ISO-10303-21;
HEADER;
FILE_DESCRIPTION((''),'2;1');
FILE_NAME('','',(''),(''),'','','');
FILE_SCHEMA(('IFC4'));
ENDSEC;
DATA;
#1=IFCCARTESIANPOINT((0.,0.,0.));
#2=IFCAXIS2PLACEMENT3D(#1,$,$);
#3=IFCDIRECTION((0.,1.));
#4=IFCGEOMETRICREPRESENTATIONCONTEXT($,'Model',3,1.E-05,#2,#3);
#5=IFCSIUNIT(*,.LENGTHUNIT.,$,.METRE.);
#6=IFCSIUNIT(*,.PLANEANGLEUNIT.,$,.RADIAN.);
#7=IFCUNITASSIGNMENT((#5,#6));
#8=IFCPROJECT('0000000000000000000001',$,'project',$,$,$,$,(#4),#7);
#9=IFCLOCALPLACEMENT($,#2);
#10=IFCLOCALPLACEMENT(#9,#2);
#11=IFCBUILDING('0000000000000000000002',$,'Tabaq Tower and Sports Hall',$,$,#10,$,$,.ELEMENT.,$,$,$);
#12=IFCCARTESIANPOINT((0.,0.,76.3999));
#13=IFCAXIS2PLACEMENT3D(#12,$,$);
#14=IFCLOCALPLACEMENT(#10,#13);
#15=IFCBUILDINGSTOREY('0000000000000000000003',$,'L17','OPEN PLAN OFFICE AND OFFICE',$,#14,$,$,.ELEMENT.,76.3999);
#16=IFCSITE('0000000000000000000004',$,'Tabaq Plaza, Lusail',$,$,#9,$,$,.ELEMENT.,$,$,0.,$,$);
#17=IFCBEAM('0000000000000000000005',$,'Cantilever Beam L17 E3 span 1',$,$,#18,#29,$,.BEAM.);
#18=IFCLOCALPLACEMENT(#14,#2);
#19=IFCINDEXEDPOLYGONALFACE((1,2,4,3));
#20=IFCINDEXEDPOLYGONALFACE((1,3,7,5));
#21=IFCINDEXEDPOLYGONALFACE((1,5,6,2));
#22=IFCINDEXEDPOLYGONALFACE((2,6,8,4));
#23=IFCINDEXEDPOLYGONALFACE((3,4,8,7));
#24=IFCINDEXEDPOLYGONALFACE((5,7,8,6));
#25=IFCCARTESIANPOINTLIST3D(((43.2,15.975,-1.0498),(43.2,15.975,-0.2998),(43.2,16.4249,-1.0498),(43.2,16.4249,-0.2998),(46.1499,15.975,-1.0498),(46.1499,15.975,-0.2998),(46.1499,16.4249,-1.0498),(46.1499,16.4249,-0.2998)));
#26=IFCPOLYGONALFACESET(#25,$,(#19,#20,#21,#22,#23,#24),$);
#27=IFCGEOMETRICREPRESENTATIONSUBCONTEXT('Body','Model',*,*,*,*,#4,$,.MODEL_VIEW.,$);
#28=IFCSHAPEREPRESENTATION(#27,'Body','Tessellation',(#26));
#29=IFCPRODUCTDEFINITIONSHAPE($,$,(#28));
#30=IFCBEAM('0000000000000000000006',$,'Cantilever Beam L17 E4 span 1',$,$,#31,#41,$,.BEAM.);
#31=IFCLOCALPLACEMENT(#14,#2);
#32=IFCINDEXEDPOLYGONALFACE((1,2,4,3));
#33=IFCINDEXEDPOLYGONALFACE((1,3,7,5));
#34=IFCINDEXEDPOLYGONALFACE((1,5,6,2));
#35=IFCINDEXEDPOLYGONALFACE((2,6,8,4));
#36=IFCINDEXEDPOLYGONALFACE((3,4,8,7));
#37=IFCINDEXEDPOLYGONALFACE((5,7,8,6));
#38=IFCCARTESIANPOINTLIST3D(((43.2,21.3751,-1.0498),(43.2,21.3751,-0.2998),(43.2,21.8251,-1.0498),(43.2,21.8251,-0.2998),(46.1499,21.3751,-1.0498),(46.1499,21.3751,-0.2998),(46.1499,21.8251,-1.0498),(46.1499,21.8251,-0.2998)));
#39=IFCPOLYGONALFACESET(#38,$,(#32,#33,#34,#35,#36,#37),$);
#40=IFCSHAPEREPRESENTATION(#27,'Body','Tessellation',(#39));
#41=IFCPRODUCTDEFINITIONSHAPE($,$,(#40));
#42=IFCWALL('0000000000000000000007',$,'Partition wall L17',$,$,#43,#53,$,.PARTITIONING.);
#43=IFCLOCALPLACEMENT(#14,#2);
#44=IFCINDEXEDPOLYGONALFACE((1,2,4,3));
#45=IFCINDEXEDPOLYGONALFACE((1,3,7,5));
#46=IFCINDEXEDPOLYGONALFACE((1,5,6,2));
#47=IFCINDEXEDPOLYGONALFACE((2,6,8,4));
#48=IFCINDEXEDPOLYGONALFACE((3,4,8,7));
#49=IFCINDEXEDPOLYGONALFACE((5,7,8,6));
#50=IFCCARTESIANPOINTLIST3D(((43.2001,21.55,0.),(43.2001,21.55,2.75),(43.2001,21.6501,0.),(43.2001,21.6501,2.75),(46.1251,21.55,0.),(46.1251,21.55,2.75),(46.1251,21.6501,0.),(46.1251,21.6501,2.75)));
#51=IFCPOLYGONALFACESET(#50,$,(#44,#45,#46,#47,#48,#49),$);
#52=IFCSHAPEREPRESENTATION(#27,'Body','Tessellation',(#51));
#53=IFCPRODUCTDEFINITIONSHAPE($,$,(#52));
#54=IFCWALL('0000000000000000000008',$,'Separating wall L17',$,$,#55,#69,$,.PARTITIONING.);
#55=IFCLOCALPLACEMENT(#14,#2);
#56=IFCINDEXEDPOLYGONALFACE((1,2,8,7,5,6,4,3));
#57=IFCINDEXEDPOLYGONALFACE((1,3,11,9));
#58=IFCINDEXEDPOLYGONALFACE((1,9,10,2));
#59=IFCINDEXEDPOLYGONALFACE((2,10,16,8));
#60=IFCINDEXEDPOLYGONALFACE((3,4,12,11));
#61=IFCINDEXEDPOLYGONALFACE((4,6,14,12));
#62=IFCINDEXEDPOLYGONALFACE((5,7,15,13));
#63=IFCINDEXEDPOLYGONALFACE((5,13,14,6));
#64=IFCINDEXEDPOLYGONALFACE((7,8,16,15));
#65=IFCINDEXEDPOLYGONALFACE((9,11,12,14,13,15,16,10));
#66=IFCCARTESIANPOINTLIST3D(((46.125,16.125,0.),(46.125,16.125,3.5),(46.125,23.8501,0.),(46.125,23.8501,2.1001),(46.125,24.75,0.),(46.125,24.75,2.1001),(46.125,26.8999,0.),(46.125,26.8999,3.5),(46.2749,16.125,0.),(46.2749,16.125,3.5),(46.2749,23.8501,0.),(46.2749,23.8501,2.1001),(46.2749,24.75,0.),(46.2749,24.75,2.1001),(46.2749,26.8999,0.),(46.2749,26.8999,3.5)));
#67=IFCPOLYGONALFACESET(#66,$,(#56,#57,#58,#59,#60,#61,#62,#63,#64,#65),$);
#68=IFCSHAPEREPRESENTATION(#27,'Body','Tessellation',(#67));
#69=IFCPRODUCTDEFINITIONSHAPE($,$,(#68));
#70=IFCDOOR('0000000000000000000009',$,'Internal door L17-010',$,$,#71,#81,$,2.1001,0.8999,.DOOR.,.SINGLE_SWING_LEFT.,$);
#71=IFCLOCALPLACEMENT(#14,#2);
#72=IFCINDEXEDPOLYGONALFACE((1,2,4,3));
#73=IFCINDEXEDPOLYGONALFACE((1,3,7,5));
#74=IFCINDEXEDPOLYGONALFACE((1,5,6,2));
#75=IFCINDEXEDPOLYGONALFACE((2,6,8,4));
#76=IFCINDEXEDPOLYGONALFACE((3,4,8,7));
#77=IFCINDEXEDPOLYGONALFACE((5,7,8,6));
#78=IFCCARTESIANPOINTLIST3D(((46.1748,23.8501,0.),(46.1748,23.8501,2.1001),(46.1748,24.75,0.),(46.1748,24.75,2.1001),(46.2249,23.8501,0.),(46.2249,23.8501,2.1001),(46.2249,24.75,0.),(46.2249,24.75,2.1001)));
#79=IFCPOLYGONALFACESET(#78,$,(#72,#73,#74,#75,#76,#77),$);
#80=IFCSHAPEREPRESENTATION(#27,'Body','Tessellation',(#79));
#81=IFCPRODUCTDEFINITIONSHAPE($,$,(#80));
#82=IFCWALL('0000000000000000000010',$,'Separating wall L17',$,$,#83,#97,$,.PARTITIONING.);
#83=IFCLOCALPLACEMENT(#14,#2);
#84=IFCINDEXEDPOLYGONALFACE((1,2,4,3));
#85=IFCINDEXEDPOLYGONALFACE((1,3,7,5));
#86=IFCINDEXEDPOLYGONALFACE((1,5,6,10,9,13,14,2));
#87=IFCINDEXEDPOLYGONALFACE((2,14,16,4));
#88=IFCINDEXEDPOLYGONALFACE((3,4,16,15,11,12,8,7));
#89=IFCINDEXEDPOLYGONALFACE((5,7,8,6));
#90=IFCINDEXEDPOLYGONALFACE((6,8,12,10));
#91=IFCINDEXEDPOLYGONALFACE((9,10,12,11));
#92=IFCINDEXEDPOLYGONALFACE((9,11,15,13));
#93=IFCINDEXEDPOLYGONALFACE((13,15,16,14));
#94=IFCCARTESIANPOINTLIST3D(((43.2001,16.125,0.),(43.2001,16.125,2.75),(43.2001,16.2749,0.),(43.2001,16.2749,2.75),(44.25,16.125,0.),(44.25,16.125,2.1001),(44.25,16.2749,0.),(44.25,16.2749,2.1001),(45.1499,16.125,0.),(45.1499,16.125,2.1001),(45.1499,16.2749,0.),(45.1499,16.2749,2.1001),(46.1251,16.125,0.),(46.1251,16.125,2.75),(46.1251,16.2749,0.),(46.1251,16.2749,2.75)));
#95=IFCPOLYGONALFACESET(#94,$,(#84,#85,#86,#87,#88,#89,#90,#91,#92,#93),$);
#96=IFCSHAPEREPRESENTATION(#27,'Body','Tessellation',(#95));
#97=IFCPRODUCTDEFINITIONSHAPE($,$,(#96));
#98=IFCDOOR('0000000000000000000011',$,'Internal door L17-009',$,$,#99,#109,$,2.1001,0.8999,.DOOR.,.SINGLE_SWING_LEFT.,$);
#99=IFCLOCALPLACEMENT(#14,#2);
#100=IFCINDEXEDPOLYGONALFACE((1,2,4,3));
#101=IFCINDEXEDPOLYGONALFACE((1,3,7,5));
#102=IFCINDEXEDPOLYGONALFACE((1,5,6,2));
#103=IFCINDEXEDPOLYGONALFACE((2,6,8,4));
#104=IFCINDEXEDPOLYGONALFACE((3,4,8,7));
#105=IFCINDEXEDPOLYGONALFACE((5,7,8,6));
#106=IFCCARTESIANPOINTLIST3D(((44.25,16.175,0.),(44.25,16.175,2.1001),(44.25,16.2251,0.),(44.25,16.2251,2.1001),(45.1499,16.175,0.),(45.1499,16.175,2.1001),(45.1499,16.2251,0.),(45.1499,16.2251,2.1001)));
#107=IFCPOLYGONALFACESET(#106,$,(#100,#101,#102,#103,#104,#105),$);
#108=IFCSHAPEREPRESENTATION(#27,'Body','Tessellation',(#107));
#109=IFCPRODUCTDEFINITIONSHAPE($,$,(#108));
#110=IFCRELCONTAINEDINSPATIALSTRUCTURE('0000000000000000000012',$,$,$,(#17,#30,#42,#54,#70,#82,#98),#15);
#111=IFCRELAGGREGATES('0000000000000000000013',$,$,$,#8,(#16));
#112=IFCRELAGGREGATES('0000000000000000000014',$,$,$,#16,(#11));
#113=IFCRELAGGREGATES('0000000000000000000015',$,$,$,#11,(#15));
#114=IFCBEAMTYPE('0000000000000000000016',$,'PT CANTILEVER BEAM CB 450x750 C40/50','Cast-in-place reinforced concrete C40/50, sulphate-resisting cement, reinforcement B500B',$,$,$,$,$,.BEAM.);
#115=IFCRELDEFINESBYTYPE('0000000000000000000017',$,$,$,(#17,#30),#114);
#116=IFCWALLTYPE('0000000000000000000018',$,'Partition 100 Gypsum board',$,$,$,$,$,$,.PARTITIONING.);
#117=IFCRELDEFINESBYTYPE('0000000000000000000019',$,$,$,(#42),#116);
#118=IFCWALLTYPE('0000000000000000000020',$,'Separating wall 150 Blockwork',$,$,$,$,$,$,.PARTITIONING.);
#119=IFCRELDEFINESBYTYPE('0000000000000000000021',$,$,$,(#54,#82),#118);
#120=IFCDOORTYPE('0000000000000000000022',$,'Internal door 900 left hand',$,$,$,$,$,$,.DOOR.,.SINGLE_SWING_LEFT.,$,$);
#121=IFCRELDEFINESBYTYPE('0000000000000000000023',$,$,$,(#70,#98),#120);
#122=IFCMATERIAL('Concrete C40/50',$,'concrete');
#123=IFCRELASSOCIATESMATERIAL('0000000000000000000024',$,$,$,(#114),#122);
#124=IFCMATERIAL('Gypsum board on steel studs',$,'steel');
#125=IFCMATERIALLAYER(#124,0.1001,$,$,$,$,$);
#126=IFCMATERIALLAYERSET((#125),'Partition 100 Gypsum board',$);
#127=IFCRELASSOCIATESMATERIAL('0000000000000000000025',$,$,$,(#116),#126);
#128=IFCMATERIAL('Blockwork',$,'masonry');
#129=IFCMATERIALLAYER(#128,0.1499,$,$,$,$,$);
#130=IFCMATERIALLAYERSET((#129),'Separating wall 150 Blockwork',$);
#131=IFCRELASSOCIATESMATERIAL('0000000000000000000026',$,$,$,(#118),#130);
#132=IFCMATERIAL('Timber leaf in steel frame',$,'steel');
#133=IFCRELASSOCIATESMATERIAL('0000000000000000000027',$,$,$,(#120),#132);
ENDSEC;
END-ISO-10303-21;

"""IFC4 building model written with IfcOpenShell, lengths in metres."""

from ifc_helpers import new_model, si_unit, direction, frame, frame_2d, origin, origin_2d, place, context, subcontext, project, spatial, rectangle, extrude, material, layer, layer_set, material_profile, profile_set, type_object, element, fill, save


model = new_model("IFC4")

# Units and contexts
model_context = context("Model", 3, precision=1e-05, world=origin(), true_north=direction((0.0, 1.0)))
body_context = subcontext(model_context, "Body", "Model", "MODEL_VIEW")
ifc_project = project(units=[si_unit("LENGTHUNIT", "METRE"), si_unit("PLANEANGLEUNIT", "RADIAN")], contexts=[model_context])

# Site, building, storey
site_placement = place(None, origin())
site = spatial("IfcSite", under=ifc_project, at=site_placement, Name="Tabaq Plaza, Lusail", CompositionType="ELEMENT", RefElevation=0.0)
building_placement = place(site_placement, origin())
building = spatial("IfcBuilding", under=site, at=building_placement, Name="Tabaq Tower and Sports Hall", CompositionType="ELEMENT")
storey_placement = place(building_placement, frame((0.0, 0.0, 76.3999)))
storey = spatial("IfcBuildingStorey", under=building, at=storey_placement, Name="L17", Description="OPEN PLAN OFFICE AND OFFICE", CompositionType="ELEMENT", Elevation=76.3999)

# Beams
ifc_material_1 = material(Name="Concrete C40/50", Category="concrete")
ifc_material_profile = material_profile(ifc_material_1, rectangle(XDim=0.45, YDim=0.75, at=origin_2d()), Name="CB 450x750")
ifc_profile_set = profile_set([ifc_material_profile], Name="Concrete C40/50")
beam_type = type_object("IfcBeamType", Name="PT CANTILEVER BEAM CB 450x750 C40/50", Description="Cast-in-place reinforced concrete C40/50, sulphate-resisting cement, reinforcement B500B", PredefinedType="BEAM", material=ifc_profile_set)
for number, where, z_axis, x_axis, name in (
    (1, (46.1499, 16.2, -0.6748), (-1.0, 0.0, 0.0), (0.0, -1.0, 0.0), "Cantilever Beam L17 E3 span 1"),
    (2, (46.1499, 21.6001, -0.6748), (-1.0, 0.0, 0.0), (0.0, -1.0, 0.0), "Cantilever Beam L17 E4 span 1"),
):
    element("IfcBeam", number, at=place(storey_placement, frame(where, z_axis=z_axis, x_axis=x_axis)), inside=storey, type_object=beam_type, Name=name, PredefinedType="BEAM", context=body_context, shape_type="SweptSolid", body=[
        extrude(rectangle(XDim=0.45, YDim=0.75, at=origin_2d()), origin(), (0.0, 0.0, 1.0), 2.95),
    ])

# Wall
ifc_material_2 = material(Name="Gypsum board on steel studs", Category="steel")
ifc_layer_1 = layer(ifc_material_2, 0.1001)
ifc_layer_set_1 = layer_set([ifc_layer_1], Name="Partition 100 Gypsum board")
wall_type_1 = type_object("IfcWallType", Name="Partition 100 Gypsum board", PredefinedType="PARTITIONING", material=ifc_layer_set_1)
wall_1_placement = place(storey_placement, frame((46.125, 21.6001, 0.0), z_axis=(0.0, 0.0, 1.0), x_axis=(-1.0, 0.0, 0.0)))
element("IfcWall", 3, at=wall_1_placement, inside=storey, type_object=wall_type_1, Name="Partition wall L17", PredefinedType="PARTITIONING", context=body_context, shape_type="SweptSolid", body=[
    extrude(rectangle(XDim=2.925, YDim=0.1001, at=frame_2d((1.4624, 0.0))), origin(), (0.0, 0.0, 1.0), 2.75),
])

# Walls, openings, doors
ifc_material_3 = material(Name="Blockwork", Category="masonry")
ifc_layer_2 = layer(ifc_material_3, 0.1499)
ifc_layer_set_2 = layer_set([ifc_layer_2], Name="Separating wall 150 Blockwork")
wall_type_2 = type_object("IfcWallType", Name="Separating wall 150 Blockwork", PredefinedType="PARTITIONING", material=ifc_layer_set_2)
wall_2_placement = place(storey_placement, frame((46.2, 26.8999, 0.0), z_axis=(0.0, 0.0, 1.0), x_axis=(0.0, -1.0, 0.0)))
wall_2 = element("IfcWall", 4, at=wall_2_placement, inside=storey, type_object=wall_type_2, Name="Separating wall L17", PredefinedType="PARTITIONING", context=body_context, shape_type="SweptSolid", body=[
    extrude(rectangle(XDim=10.7749, YDim=0.1499, at=frame_2d((5.3875, 0.0))), origin(), (0.0, 0.0, 1.0), 3.5),
])
opening_1_placement = place(wall_2_placement, frame((2.1499, 0.0, 0.0)))
opening_1 = element("IfcOpeningElement", 5, at=opening_1_placement, cuts=wall_2, PredefinedType="OPENING", context=body_context, shape_type="SweptSolid", body=[
    extrude(rectangle(XDim=0.8999, YDim=2.1001, at=frame_2d((0.45, 1.05))), frame((0.0, 0.075, 0.0), z_axis=(0.0, -1.0, 0.0), x_axis=(1.0, 0.0, 0.0)), (0.0, 0.0, 1.0), 0.1499),
])
ifc_material_4 = material(Name="Timber leaf in steel frame", Category="steel")
door_type_1 = type_object("IfcDoorType", Name="Internal door 900 left hand", OperationType="SINGLE_SWING_LEFT", PredefinedType="DOOR", material=ifc_material_4)
door_1_placement = place(opening_1_placement, origin())
door_1 = element("IfcDoor", 6, at=door_1_placement, inside=storey, type_object=door_type_1, Name="Internal door L17-010", OperationType="SINGLE_SWING_LEFT", OverallHeight=2.1001, OverallWidth=0.8999, PredefinedType="DOOR", context=body_context, shape_type="SweptSolid", body=[
    extrude(rectangle(XDim=0.8999, YDim=2.1001, at=frame_2d((0.45, 1.05))), frame((0.0, 0.0249, 0.0), z_axis=(0.0, -1.0, 0.0), x_axis=(1.0, 0.0, 0.0)), (0.0, 0.0, 1.0), 0.05),
])
fill(opening_1, door_1)
wall_3_placement = place(storey_placement, frame((46.125, 16.2, 0.0), z_axis=(0.0, 0.0, 1.0), x_axis=(-1.0, 0.0, 0.0)))
wall_3 = element("IfcWall", 7, at=wall_3_placement, inside=storey, type_object=wall_type_2, Name="Separating wall L17", PredefinedType="PARTITIONING", context=body_context, shape_type="SweptSolid", body=[
    extrude(rectangle(XDim=2.925, YDim=0.1499, at=frame_2d((1.4624, 0.0))), origin(), (0.0, 0.0, 1.0), 2.75),
])
opening_2_placement = place(wall_3_placement, frame((0.9751, 0.0, 0.0)))
opening_2 = element("IfcOpeningElement", 8, at=opening_2_placement, cuts=wall_3, PredefinedType="OPENING", context=body_context, shape_type="SweptSolid", body=[
    extrude(rectangle(XDim=0.8999, YDim=2.1001, at=frame_2d((0.45, 1.05))), frame((0.0, 0.075, 0.0), z_axis=(0.0, -1.0, 0.0), x_axis=(1.0, 0.0, 0.0)), (0.0, 0.0, 1.0), 0.1499),
])
door_2_placement = place(opening_2_placement, origin())
door_2 = element("IfcDoor", 9, at=door_2_placement, inside=storey, type_object=door_type_1, Name="Internal door L17-009", OperationType="SINGLE_SWING_LEFT", OverallHeight=2.1001, OverallWidth=0.8999, PredefinedType="DOOR", context=body_context, shape_type="SweptSolid", body=[
    extrude(rectangle(XDim=0.8999, YDim=2.1001, at=frame_2d((0.45, 1.05))), frame((0.0, 0.0249, 0.0), z_axis=(0.0, -1.0, 0.0), x_axis=(1.0, 0.0, 0.0)), (0.0, 0.0, 1.0), 0.05),
])
fill(opening_2, door_2)

save(model, "model.ifc")
